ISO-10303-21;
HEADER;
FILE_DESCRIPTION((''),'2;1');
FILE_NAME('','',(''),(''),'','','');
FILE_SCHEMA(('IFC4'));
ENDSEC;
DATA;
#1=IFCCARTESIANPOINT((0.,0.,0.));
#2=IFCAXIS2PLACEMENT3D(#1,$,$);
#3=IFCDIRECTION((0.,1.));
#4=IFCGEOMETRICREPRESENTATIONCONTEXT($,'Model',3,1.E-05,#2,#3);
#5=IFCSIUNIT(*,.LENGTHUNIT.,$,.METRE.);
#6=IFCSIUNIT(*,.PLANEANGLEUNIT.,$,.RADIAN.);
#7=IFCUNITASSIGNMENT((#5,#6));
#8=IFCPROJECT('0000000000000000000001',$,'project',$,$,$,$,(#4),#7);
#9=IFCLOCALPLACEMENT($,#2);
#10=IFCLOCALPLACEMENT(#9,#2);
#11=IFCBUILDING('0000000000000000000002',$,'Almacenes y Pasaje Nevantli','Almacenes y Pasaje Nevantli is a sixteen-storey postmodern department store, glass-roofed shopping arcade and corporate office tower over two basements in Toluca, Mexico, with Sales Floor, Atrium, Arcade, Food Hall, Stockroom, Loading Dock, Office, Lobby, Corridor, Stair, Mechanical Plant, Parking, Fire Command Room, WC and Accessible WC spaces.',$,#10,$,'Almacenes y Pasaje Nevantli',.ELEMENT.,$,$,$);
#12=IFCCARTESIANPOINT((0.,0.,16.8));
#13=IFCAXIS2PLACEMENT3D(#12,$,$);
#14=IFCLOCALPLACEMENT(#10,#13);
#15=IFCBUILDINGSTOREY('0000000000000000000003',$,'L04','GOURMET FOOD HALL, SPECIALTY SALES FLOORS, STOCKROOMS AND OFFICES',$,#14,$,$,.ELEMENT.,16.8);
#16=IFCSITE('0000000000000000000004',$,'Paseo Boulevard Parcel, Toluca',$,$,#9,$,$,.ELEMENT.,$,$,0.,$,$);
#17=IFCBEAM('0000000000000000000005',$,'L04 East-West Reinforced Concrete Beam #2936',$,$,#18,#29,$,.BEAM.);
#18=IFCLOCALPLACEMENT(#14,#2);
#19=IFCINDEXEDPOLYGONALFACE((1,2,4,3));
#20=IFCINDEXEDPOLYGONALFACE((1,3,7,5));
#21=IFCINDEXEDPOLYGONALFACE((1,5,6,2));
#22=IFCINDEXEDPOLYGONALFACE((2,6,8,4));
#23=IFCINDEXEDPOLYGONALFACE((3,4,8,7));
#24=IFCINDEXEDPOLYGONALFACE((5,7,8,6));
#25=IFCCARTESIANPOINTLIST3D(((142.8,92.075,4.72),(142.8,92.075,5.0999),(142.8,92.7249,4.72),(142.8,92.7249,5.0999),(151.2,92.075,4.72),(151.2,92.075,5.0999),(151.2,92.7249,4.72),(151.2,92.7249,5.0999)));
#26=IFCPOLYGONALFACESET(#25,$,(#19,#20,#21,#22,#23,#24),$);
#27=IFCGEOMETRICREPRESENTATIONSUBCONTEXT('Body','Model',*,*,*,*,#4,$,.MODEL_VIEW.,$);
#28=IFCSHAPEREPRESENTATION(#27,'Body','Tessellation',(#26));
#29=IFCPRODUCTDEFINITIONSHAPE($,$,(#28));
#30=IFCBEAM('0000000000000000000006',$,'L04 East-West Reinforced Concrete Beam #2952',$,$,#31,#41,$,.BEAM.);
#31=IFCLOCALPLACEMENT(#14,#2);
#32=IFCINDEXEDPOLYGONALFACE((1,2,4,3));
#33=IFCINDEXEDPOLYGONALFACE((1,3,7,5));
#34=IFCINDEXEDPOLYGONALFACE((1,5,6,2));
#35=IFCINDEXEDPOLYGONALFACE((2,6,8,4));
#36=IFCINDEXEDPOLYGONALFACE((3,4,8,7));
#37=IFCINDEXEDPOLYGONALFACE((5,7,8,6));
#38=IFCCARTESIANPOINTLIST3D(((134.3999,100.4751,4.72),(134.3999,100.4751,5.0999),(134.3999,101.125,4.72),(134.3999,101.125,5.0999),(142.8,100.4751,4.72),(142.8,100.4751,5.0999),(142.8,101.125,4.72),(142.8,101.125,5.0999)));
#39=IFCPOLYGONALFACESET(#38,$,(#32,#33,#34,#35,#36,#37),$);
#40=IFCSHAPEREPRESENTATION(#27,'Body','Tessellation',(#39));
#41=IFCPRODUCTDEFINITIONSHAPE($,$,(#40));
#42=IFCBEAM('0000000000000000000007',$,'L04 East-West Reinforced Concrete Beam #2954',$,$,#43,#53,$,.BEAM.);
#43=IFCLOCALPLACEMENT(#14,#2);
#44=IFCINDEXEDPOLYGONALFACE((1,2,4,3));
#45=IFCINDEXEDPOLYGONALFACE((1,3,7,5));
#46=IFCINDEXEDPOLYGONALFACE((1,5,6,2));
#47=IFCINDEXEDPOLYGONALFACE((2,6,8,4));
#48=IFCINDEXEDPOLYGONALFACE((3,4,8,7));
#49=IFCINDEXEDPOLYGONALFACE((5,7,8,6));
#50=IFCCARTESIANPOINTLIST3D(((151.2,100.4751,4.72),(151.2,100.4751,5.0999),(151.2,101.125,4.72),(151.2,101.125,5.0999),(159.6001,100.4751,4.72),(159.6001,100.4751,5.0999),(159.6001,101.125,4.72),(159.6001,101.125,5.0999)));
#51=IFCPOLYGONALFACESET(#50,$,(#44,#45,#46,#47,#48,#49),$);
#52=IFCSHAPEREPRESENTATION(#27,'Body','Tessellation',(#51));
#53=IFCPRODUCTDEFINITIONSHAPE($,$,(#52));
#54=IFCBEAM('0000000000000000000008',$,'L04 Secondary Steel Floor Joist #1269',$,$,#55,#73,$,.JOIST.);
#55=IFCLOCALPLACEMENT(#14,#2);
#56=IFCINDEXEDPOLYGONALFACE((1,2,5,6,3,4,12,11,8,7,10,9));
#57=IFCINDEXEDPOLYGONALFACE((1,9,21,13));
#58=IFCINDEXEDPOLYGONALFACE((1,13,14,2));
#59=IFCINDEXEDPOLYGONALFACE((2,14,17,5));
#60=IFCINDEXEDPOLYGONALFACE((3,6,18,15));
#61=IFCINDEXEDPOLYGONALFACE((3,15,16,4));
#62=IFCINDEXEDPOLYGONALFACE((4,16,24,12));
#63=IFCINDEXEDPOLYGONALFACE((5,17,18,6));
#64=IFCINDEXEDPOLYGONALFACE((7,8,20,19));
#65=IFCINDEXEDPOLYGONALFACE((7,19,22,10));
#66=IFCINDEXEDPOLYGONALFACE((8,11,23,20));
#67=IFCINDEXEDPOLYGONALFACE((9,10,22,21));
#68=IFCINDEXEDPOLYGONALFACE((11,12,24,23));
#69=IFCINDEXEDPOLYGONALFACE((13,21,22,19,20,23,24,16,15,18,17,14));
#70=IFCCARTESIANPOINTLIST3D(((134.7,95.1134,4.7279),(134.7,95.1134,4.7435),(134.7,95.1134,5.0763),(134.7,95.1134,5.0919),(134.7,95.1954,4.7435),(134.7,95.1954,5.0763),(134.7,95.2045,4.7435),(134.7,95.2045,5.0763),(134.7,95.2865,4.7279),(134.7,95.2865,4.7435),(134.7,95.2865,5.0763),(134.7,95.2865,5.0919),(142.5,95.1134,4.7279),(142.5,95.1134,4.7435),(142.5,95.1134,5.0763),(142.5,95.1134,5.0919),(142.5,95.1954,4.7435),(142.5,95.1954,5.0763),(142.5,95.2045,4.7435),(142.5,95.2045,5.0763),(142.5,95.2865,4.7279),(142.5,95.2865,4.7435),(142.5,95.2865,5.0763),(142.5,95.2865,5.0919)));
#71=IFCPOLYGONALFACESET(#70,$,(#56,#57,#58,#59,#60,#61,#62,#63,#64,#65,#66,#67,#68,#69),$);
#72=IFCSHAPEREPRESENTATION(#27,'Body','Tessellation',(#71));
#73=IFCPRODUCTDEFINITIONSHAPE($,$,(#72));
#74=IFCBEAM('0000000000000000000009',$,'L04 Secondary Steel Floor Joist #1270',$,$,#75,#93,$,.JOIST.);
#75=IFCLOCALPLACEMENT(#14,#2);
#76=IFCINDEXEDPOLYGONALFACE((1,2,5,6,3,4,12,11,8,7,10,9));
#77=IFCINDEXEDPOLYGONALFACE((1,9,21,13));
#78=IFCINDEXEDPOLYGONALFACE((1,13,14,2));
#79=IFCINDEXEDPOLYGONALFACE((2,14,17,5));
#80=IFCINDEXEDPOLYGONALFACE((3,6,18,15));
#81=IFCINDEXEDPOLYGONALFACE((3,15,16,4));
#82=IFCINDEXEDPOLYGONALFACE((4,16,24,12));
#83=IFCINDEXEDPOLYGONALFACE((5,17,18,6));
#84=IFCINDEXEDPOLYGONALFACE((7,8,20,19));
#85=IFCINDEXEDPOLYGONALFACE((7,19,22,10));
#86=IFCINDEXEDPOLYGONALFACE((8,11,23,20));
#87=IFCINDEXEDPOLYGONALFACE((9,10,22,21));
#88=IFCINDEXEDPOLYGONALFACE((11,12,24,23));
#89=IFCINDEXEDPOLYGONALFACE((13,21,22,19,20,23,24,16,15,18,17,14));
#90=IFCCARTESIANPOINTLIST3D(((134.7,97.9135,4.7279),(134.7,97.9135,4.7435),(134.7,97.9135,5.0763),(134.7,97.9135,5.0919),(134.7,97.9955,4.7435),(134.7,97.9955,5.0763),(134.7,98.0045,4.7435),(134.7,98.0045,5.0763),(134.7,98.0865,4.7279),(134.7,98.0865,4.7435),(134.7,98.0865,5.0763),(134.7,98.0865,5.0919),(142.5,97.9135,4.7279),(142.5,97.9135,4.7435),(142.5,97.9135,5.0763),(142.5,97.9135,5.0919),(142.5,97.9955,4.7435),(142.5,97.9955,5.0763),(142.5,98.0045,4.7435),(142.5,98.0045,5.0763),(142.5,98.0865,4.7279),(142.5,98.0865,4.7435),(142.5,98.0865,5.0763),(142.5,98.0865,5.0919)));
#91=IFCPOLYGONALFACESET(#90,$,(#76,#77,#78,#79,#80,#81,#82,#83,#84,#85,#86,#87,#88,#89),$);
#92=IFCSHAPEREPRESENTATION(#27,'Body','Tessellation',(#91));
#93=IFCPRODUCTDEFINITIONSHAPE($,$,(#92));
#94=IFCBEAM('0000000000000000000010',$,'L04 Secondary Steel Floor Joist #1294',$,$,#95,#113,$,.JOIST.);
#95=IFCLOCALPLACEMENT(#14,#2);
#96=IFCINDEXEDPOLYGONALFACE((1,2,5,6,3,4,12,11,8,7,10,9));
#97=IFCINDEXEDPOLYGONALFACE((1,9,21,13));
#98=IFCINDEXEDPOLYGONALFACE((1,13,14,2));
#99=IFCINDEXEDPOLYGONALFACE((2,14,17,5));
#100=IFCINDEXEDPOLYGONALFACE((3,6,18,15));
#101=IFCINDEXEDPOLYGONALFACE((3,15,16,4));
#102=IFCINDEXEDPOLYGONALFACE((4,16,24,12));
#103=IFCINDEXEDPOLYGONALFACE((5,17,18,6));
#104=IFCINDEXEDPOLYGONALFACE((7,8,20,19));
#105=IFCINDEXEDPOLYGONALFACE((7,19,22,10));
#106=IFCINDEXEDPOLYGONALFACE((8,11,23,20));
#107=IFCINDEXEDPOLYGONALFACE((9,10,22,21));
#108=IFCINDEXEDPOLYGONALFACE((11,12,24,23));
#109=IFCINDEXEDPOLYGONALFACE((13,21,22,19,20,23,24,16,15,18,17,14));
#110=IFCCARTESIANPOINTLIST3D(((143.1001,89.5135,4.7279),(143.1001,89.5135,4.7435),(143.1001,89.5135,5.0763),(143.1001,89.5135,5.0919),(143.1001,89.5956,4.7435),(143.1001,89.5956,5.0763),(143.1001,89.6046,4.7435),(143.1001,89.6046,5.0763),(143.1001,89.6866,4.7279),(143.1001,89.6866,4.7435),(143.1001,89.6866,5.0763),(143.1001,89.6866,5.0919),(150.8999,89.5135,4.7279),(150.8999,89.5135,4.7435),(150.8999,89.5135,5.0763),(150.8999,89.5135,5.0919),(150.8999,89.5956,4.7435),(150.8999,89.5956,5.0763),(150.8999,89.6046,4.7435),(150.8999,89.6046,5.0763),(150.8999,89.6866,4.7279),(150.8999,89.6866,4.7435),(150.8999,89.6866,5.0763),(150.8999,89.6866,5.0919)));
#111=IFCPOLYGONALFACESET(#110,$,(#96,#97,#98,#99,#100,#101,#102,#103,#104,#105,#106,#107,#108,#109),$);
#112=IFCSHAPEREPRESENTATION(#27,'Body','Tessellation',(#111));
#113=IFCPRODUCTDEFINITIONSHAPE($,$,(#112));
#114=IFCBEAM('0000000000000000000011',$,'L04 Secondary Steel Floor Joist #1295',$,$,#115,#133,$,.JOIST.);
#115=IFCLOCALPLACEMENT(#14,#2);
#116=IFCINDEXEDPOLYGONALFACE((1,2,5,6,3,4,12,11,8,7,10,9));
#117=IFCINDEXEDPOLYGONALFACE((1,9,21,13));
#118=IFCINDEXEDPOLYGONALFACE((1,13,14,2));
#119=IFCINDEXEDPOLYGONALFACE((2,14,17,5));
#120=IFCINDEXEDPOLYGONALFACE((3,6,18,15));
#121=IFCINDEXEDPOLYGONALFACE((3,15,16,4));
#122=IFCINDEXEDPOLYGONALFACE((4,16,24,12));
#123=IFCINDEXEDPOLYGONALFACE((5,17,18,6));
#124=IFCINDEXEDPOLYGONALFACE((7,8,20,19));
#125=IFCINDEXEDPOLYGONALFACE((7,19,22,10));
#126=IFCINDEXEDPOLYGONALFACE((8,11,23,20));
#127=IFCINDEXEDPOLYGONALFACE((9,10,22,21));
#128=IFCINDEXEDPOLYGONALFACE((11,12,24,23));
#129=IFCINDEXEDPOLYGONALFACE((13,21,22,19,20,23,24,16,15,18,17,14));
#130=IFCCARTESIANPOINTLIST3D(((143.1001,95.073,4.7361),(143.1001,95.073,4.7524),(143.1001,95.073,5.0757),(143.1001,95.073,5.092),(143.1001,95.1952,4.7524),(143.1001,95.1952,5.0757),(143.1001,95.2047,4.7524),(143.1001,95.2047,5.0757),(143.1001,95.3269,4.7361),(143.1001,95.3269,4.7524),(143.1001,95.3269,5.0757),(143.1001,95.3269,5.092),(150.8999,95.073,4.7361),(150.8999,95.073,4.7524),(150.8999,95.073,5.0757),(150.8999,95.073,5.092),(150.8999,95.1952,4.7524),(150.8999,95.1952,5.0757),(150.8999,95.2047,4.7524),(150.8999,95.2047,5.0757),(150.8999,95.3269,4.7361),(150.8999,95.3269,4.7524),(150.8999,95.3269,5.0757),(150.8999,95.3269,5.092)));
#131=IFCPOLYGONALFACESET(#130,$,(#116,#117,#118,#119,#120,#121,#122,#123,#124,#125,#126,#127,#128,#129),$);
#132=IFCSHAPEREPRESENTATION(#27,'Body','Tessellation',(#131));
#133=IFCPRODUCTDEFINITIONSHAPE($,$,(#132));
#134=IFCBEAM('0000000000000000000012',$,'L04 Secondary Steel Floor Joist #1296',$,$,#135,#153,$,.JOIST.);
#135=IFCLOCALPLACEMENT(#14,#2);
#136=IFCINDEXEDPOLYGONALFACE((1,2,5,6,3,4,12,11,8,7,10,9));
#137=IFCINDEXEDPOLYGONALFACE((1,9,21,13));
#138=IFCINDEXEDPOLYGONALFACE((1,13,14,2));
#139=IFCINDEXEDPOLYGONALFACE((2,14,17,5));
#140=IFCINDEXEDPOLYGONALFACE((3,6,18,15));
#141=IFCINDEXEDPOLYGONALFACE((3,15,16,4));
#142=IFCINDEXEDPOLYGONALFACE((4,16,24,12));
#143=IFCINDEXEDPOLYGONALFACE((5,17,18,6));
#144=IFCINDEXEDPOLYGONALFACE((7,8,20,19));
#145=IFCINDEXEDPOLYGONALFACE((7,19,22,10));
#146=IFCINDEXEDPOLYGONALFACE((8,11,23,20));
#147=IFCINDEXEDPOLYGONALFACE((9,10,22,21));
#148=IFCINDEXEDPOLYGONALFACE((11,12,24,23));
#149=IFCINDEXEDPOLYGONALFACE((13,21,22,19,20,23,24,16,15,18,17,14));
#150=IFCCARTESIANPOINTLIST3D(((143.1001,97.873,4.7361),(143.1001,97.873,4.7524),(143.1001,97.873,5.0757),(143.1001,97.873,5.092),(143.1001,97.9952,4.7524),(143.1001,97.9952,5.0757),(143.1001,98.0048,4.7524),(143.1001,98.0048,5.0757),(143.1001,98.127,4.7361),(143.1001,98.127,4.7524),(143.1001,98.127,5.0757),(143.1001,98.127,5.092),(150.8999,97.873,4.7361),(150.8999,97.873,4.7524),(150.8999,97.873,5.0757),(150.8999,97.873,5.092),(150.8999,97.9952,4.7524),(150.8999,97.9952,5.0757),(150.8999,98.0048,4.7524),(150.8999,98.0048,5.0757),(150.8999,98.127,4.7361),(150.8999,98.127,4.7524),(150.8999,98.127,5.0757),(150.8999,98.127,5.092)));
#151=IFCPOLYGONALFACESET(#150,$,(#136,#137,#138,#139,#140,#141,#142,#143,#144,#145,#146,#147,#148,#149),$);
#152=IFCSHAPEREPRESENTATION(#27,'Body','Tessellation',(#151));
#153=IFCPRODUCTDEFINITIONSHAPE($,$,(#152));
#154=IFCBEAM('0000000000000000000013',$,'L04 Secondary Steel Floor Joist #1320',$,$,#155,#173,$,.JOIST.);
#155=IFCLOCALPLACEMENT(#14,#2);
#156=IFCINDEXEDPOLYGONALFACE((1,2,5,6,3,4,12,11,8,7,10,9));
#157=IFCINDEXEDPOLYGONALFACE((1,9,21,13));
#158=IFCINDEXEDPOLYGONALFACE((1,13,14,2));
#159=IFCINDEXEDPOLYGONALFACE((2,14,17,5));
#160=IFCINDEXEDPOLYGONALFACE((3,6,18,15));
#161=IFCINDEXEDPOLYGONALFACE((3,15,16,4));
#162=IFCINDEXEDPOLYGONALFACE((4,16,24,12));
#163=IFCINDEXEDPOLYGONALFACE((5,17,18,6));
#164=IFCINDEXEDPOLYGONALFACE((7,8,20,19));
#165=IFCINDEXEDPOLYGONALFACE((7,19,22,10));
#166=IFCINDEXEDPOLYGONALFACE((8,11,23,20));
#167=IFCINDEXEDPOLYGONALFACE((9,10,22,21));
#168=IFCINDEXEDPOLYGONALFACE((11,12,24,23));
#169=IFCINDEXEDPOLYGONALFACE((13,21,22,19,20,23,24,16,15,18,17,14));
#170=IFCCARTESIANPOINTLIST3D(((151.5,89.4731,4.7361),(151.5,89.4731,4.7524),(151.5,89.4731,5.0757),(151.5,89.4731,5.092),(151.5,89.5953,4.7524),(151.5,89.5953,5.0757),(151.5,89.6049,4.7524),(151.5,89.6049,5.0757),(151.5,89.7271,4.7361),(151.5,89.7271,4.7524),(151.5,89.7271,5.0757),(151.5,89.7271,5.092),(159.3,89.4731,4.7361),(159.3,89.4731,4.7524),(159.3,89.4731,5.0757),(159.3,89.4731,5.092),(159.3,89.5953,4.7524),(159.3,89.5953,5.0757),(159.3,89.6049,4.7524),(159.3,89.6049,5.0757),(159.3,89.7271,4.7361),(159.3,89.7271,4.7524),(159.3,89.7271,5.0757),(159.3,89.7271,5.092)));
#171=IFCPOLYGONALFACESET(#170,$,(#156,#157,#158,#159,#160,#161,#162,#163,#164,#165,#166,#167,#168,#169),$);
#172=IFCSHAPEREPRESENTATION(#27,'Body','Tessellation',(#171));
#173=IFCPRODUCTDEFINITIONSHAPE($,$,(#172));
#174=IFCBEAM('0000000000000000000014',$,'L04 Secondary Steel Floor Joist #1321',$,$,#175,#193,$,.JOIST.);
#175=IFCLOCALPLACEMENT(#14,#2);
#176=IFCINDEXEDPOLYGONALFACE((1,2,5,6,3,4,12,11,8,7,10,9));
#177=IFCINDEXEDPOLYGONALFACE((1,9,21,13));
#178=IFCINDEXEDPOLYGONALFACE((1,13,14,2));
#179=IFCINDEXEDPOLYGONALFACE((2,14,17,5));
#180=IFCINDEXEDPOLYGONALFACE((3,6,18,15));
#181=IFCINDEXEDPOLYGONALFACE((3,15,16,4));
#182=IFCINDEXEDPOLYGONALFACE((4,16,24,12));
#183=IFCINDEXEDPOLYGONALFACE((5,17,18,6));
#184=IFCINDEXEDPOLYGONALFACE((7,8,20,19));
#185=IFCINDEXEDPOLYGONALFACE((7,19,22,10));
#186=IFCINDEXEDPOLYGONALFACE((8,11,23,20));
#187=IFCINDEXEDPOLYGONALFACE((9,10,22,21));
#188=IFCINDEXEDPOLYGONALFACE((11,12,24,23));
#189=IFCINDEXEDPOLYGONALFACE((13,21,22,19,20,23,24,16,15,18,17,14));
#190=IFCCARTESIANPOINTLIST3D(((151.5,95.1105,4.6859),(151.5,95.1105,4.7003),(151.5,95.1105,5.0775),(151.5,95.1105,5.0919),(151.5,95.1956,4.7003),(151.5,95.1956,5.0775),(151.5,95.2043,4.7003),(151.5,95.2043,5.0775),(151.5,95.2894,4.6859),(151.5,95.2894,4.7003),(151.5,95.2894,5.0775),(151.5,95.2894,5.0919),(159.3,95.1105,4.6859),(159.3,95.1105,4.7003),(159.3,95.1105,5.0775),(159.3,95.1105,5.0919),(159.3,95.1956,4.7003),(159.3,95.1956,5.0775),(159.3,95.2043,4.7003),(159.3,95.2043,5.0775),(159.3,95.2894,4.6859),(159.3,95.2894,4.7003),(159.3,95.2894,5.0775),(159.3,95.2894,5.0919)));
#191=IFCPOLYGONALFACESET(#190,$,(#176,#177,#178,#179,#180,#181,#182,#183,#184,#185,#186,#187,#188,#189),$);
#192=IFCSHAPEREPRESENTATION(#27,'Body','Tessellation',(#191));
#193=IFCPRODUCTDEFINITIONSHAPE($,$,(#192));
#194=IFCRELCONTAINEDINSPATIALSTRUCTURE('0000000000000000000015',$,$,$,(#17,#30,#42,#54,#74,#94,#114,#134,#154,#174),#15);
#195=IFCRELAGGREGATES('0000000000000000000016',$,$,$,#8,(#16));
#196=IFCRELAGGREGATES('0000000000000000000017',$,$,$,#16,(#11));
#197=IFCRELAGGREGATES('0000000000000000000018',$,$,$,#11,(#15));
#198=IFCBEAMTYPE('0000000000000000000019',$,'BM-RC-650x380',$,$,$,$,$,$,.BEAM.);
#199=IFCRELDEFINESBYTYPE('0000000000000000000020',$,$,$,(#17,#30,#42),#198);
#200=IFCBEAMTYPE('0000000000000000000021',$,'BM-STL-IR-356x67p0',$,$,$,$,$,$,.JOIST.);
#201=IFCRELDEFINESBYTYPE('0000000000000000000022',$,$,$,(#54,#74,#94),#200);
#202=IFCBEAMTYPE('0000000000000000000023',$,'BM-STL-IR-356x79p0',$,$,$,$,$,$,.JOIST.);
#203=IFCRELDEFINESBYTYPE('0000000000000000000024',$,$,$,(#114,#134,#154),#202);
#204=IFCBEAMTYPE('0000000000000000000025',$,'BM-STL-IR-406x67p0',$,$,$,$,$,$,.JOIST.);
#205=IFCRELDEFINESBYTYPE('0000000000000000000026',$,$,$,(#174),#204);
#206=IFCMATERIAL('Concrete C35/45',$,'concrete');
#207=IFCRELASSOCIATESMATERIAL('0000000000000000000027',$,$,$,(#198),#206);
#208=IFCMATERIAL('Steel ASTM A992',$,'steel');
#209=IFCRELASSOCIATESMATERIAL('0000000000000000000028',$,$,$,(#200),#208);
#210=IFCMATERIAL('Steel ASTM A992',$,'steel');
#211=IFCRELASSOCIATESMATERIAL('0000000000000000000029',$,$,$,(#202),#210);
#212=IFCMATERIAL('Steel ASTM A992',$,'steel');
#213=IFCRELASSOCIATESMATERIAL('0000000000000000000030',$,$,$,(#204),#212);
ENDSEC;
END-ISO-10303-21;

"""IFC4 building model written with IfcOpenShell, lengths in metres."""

from ifc_helpers import new_model, si_unit, direction, frame, origin, origin_2d, place, context, subcontext, project, spatial, rectangle, i_section, extrude, material, material_profile, profile_set, type_object, element, save


model = new_model("IFC4")

# Units and contexts
model_context = context("Model", 3, precision=1e-05, world=origin(), true_north=direction((0.0, 1.0)))
body_context = subcontext(model_context, "Body", "Model", "MODEL_VIEW")
ifc_project = project(units=[si_unit("LENGTHUNIT", "METRE"), si_unit("PLANEANGLEUNIT", "RADIAN")], contexts=[model_context])

# Site, building, storey
site_placement = place(None, origin())
site = spatial("IfcSite", under=ifc_project, at=site_placement, Name="Paseo Boulevard Parcel, Toluca", CompositionType="ELEMENT", RefElevation=0.0)
building_placement = place(site_placement, origin())
building = spatial("IfcBuilding", under=site, at=building_placement, Name="Almacenes y Pasaje Nevantli", Description="Almacenes y Pasaje Nevantli is a sixteen-storey postmodern department store, glass-roofed shopping arcade and corporate office tower over two basements in Toluca, Mexico, with Sales Floor, Atrium, Arcade, Food Hall, Stockroom, Loading Dock, Office, Lobby, Corridor, Stair, Mechanical Plant, Parking, Fire Command Room, WC and Accessible WC spaces.", LongName="Almacenes y Pasaje Nevantli", CompositionType="ELEMENT")
storey_placement = place(building_placement, frame((0.0, 0.0, 16.8)))
storey = spatial("IfcBuildingStorey", under=building, at=storey_placement, Name="L04", Description="GOURMET FOOD HALL, SPECIALTY SALES FLOORS, STOCKROOMS AND OFFICES", CompositionType="ELEMENT", Elevation=16.8)

# Beams
ifc_material_1 = material(Name="Concrete C35/45", Category="concrete")
ifc_material_profile_1 = material_profile(ifc_material_1, rectangle(XDim=0.6499, YDim=0.3799, at=origin_2d()), Name="RC-BM-650x380")
ifc_profile_set_1 = profile_set([ifc_material_profile_1], Name="Concrete C35/45")
beam_type_1 = type_object("IfcBeamType", Name="BM-RC-650x380", PredefinedType="BEAM", material=ifc_profile_set_1)
beam_1_placement = place(storey_placement, frame((142.8, 92.3999, 4.9099), z_axis=(1.0, 0.0, 0.0), x_axis=(0.0, 1.0, 0.0)))
element("IfcBeam", 1, at=beam_1_placement, inside=storey, type_object=beam_type_1, Name="L04 East-West Reinforced Concrete Beam #2936", PredefinedType="BEAM", context=body_context, shape_type="SweptSolid", body=[
    extrude(rectangle(XDim=0.6499, YDim=0.3799, at=origin_2d()), origin(), (0.0, 0.0, 1.0), 8.3999),
])
for number, where, z_axis, x_axis, name in (
    (2, (134.3999, 100.8, 4.9099), (1.0, 0.0, 0.0), (0.0, 1.0, 0.0), "L04 East-West Reinforced Concrete Beam #2952"),
    (3, (151.2, 100.8, 4.9099), (1.0, 0.0, 0.0), (0.0, 1.0, 0.0), "L04 East-West Reinforced Concrete Beam #2954"),
):
    element("IfcBeam", number, at=place(storey_placement, frame(where, z_axis=z_axis, x_axis=x_axis)), inside=storey, type_object=beam_type_1, Name=name, PredefinedType="BEAM", context=body_context, shape_type="SweptSolid", body=[
        extrude(rectangle(XDim=0.6499, YDim=0.3799, at=origin_2d()), origin(), (0.0, 0.0, 1.0), 8.4001),
    ])
ifc_material_2 = material(Name="Steel ASTM A992", Category="steel")
ifc_material_profile_2 = material_profile(ifc_material_2, i_section(OverallWidth=0.1731, OverallDepth=0.364, WebThickness=0.009, FlangeThickness=0.0156, at=origin_2d()), Name="IR 356x67.0")
ifc_profile_set_2 = profile_set([ifc_material_profile_2], Name="Steel ASTM A992")
beam_type_2 = type_object("IfcBeamType", Name="BM-STL-IR-356x67p0", PredefinedType="JOIST", material=ifc_profile_set_2)
for number, where, z_axis, x_axis, name in (
    (4, (134.7, 95.2, 4.9099), (1.0, 0.0, 0.0), (0.0, 1.0, 0.0), "L04 Secondary Steel Floor Joist #1269"),
    (5, (134.7, 98.0, 4.9099), (1.0, 0.0, 0.0), (0.0, 1.0, 0.0), "L04 Secondary Steel Floor Joist #1270"),
):
    element("IfcBeam", number, at=place(storey_placement, frame(where, z_axis=z_axis, x_axis=x_axis)), inside=storey, type_object=beam_type_2, Name=name, PredefinedType="JOIST", context=body_context, shape_type="SweptSolid", body=[
        extrude(i_section(OverallWidth=0.1731, OverallDepth=0.364, WebThickness=0.009, FlangeThickness=0.0156, at=origin_2d()), origin(), (0.0, 0.0, 1.0), 7.8),
    ])
beam_2_placement = place(storey_placement, frame((143.1001, 89.6001, 4.9099), z_axis=(1.0, 0.0, 0.0), x_axis=(0.0, 1.0, 0.0)))
element("IfcBeam", 6, at=beam_2_placement, inside=storey, type_object=beam_type_2, Name="L04 Secondary Steel Floor Joist #1294", PredefinedType="JOIST", context=body_context, shape_type="SweptSolid", body=[
    extrude(i_section(OverallWidth=0.1731, OverallDepth=0.364, WebThickness=0.009, FlangeThickness=0.0156, at=origin_2d()), origin(), (0.0, 0.0, 1.0), 7.7998),
])
ifc_material_3 = material(Name="Steel ASTM A992", Category="steel")
ifc_material_profile_3 = material_profile(ifc_material_3, i_section(OverallWidth=0.2539, OverallDepth=0.356, WebThickness=0.0095, FlangeThickness=0.0164, at=origin_2d()), Name="IR 356x79.0")
ifc_profile_set_3 = profile_set([ifc_material_profile_3], Name="Steel ASTM A992")
beam_type_3 = type_object("IfcBeamType", Name="BM-STL-IR-356x79p0", PredefinedType="JOIST", material=ifc_profile_set_3)
for number, where, z_axis, x_axis, name in (
    (7, (143.1001, 95.2, 4.9141), (1.0, 0.0, 0.0), (0.0, 1.0, 0.0), "L04 Secondary Steel Floor Joist #1295"),
    (8, (143.1001, 98.0, 4.9141), (1.0, 0.0, 0.0), (0.0, 1.0, 0.0), "L04 Secondary Steel Floor Joist #1296"),
):
    element("IfcBeam", number, at=place(storey_placement, frame(where, z_axis=z_axis, x_axis=x_axis)), inside=storey, type_object=beam_type_3, Name=name, PredefinedType="JOIST", context=body_context, shape_type="SweptSolid", body=[
        extrude(i_section(OverallWidth=0.2539, OverallDepth=0.356, WebThickness=0.0095, FlangeThickness=0.0164, at=origin_2d()), origin(), (0.0, 0.0, 1.0), 7.7998),
    ])
beam_3_placement = place(storey_placement, frame((151.5, 89.6001, 4.9141), z_axis=(1.0, 0.0, 0.0), x_axis=(0.0, 1.0, 0.0)))
element("IfcBeam", 9, at=beam_3_placement, inside=storey, type_object=beam_type_3, Name="L04 Secondary Steel Floor Joist #1320", PredefinedType="JOIST", context=body_context, shape_type="SweptSolid", body=[
    extrude(i_section(OverallWidth=0.2539, OverallDepth=0.356, WebThickness=0.0095, FlangeThickness=0.0164, at=origin_2d()), origin(), (0.0, 0.0, 1.0), 7.8),
])
ifc_material_4 = material(Name="Steel ASTM A992", Category="steel")
ifc_material_profile_4 = material_profile(ifc_material_4, i_section(OverallWidth=0.179, OverallDepth=0.406, WebThickness=0.0088, FlangeThickness=0.0144, at=origin_2d()), Name="IR 406x67.0")
ifc_profile_set_4 = profile_set([ifc_material_profile_4], Name="Steel ASTM A992")
beam_type_4 = type_object("IfcBeamType", Name="BM-STL-IR-406x67p0", PredefinedType="JOIST", material=ifc_profile_set_4)
for number, where, z_axis, x_axis, name in (
    (10, (151.5, 95.2, 4.8889), (1.0, 0.0, 0.0), (0.0, 1.0, 0.0), "L04 Secondary Steel Floor Joist #1321"),
):
    element("IfcBeam", number, at=place(storey_placement, frame(where, z_axis=z_axis, x_axis=x_axis)), inside=storey, type_object=beam_type_4, Name=name, PredefinedType="JOIST", context=body_context, shape_type="SweptSolid", body=[
        extrude(i_section(OverallWidth=0.179, OverallDepth=0.406, WebThickness=0.0088, FlangeThickness=0.0144, at=origin_2d()), origin(), (0.0, 0.0, 1.0), 7.8),
    ])

save(model, "model.ifc")
